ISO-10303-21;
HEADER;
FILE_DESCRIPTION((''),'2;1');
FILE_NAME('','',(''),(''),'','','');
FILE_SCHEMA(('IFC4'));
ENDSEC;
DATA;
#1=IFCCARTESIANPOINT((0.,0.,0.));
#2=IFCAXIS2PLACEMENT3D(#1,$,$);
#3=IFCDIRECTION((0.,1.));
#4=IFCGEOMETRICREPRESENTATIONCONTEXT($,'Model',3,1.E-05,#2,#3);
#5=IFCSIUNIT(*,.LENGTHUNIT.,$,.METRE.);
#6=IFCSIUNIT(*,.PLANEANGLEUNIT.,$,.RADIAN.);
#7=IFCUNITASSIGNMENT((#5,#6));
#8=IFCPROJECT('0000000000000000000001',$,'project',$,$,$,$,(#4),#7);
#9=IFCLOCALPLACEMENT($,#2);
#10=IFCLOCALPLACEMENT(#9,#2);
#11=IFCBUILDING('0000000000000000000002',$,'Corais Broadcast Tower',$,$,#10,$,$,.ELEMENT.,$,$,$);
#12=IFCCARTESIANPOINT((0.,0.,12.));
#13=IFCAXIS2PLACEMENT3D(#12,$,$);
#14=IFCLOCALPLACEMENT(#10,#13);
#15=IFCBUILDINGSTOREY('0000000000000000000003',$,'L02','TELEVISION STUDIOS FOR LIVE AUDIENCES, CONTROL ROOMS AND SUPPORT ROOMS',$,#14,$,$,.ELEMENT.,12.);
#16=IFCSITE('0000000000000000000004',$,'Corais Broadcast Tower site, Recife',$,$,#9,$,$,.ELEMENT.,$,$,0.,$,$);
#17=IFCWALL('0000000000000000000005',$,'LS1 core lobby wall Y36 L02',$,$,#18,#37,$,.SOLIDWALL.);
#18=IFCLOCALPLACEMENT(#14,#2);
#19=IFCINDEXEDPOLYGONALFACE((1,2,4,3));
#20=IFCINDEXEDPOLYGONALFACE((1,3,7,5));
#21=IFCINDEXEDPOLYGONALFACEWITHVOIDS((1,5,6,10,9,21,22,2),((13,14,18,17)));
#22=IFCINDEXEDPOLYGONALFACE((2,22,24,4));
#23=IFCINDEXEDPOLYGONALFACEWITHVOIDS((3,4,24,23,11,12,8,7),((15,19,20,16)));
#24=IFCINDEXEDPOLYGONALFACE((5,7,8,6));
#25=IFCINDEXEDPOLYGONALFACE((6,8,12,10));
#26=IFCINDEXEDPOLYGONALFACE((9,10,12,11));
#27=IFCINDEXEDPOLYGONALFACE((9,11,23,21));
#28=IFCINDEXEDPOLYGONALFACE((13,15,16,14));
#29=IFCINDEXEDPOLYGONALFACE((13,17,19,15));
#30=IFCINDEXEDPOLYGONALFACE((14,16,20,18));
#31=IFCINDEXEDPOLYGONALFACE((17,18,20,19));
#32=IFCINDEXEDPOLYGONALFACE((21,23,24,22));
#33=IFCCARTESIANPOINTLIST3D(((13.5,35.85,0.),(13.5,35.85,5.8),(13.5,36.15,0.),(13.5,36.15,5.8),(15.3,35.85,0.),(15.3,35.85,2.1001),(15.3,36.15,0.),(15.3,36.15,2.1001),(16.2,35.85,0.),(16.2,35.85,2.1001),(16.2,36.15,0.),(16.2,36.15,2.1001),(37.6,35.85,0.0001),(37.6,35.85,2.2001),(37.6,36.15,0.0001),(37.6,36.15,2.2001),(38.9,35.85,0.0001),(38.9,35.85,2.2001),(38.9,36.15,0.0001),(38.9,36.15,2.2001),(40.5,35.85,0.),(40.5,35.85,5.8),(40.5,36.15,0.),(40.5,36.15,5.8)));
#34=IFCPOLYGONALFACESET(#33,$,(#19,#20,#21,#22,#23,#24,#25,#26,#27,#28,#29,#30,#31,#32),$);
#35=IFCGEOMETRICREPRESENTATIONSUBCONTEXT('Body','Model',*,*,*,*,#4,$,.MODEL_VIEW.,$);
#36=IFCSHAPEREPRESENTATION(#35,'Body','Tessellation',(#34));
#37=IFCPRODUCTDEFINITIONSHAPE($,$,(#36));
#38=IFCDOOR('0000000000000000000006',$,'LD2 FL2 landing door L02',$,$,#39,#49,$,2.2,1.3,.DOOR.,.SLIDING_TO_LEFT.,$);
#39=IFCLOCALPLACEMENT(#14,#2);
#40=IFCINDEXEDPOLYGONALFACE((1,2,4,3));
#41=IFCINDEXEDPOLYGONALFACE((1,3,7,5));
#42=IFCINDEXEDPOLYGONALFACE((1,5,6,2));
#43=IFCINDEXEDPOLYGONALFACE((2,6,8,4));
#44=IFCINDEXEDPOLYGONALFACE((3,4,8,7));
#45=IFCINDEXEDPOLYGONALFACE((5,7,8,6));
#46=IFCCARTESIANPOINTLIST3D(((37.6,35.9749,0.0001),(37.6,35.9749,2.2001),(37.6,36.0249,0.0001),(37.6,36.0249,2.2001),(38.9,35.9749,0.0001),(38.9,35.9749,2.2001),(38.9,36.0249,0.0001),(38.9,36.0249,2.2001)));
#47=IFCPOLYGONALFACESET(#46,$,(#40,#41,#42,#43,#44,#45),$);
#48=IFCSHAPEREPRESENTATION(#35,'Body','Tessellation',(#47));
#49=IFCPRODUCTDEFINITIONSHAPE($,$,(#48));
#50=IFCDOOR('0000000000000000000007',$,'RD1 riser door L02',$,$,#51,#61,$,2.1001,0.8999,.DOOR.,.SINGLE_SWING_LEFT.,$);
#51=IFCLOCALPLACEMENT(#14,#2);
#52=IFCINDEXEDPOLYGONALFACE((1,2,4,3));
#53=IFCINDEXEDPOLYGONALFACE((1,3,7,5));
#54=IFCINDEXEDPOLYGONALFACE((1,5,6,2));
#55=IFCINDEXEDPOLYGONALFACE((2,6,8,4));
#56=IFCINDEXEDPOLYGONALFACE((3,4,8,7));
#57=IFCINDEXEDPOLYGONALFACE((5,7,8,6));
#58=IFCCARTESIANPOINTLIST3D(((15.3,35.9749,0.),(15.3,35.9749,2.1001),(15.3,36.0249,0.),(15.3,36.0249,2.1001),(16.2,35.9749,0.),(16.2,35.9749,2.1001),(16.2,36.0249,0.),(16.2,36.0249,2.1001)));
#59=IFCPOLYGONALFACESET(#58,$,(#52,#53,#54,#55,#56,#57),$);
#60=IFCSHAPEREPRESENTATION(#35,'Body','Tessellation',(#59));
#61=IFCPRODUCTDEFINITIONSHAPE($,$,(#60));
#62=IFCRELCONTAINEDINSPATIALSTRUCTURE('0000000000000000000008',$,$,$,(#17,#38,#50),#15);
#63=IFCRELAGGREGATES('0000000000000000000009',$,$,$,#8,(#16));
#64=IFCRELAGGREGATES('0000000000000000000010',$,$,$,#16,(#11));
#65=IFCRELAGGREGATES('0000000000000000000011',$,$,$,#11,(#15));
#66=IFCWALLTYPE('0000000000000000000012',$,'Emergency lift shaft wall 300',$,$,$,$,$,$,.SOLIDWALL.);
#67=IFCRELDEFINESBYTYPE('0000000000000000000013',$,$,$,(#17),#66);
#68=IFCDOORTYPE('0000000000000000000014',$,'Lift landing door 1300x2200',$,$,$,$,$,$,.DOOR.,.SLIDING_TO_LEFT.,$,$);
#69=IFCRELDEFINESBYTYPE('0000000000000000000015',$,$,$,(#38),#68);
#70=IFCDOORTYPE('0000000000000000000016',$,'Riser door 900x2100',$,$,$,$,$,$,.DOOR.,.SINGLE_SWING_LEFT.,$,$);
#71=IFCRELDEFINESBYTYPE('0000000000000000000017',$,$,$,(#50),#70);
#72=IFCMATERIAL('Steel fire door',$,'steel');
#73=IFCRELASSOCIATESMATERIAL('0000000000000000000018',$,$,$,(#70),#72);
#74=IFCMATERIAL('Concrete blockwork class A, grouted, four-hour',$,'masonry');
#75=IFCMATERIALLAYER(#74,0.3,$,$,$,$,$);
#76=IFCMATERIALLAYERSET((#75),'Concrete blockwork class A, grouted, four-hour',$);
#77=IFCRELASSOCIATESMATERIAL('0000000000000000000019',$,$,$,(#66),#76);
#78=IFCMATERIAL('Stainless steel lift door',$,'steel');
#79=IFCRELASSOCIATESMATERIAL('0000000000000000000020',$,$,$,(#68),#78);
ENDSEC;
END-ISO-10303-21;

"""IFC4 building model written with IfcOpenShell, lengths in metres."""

from ifc_helpers import new_model, si_unit, direction, frame, frame_2d, origin, place, context, subcontext, project, spatial, rectangle, extrude, material, layer, layer_set, type_object, element, fill, save


model = new_model("IFC4")

# Units and contexts
model_context = context("Model", 3, precision=1e-05, world=origin(), true_north=direction((0.0, 1.0)))
body_context = subcontext(model_context, "Body", "Model", "MODEL_VIEW")
ifc_project = project(units=[si_unit("LENGTHUNIT", "METRE"), si_unit("PLANEANGLEUNIT", "RADIAN")], contexts=[model_context])

# Site, building, storey
site_placement = place(None, origin())
site = spatial("IfcSite", under=ifc_project, at=site_placement, Name="Corais Broadcast Tower site, Recife", CompositionType="ELEMENT", RefElevation=0.0)
building_placement = place(site_placement, origin())
building = spatial("IfcBuilding", under=site, at=building_placement, Name="Corais Broadcast Tower", CompositionType="ELEMENT")
storey_placement = place(building_placement, frame((0.0, 0.0, 12.0)))
storey = spatial("IfcBuildingStorey", under=building, at=storey_placement, Name="L02", Description="TELEVISION STUDIOS FOR LIVE AUDIENCES, CONTROL ROOMS AND SUPPORT ROOMS", CompositionType="ELEMENT", Elevation=12.0)

# Wall, openings, doors
ifc_material_1 = material(Name="Steel fire door", Category="steel")
door_type_1 = type_object("IfcDoorType", Name="Riser door 900x2100", OperationType="SINGLE_SWING_LEFT", PredefinedType="DOOR", material=ifc_material_1)
ifc_material_2 = material(Name="Concrete blockwork class A, grouted, four-hour", Category="masonry")
ifc_layer_1 = layer(ifc_material_2, 0.3)
ifc_layer_set_1 = layer_set([ifc_layer_1], Name="Concrete blockwork class A, grouted, four-hour")
wall_type_1 = type_object("IfcWallType", Name="Emergency lift shaft wall 300", PredefinedType="SOLIDWALL", material=ifc_layer_set_1)
wall_1_placement = place(storey_placement, frame((13.5, 36.0, 0.0), z_axis=(0.0, 0.0, 1.0), x_axis=(1.0, 0.0, 0.0)))
wall_1 = element("IfcWall", 1, at=wall_1_placement, inside=storey, type_object=wall_type_1, Name="LS1 core lobby wall Y36 L02", PredefinedType="SOLIDWALL", context=body_context, shape_type="SweptSolid", body=[
    extrude(rectangle(XDim=27.0, YDim=0.3, at=frame_2d((13.5, 0.0))), origin(), (0.0, 0.0, 1.0), 5.8),
])
opening_1_placement = place(wall_1_placement, frame((1.8, 0.0, 0.0)))
opening_1 = element("IfcOpeningElement", 2, at=opening_1_placement, cuts=wall_1, PredefinedType="OPENING", context=body_context, shape_type="SweptSolid", body=[
    extrude(rectangle(XDim=0.8999, YDim=2.1001, at=frame_2d((0.45, 1.05))), frame((0.0, 0.1599, 0.0), z_axis=(0.0, -1.0, 0.0), x_axis=(1.0, 0.0, 0.0)), (0.0, 0.0, 1.0), 0.3201),
])
opening_2_placement = place(wall_1_placement, frame((24.1001, 0.0, 0.0)))
opening_2 = element("IfcOpeningElement", 3, at=opening_2_placement, cuts=wall_1, PredefinedType="OPENING", context=body_context, shape_type="SweptSolid", body=[
    extrude(rectangle(XDim=1.3, YDim=2.2, at=frame_2d((0.6499, 1.1001))), frame((0.0, 0.1599, 0.0), z_axis=(0.0, -1.0, 0.0), x_axis=(1.0, 0.0, 0.0)), (0.0, 0.0, 1.0), 0.3201),
])
ifc_material_3 = material(Name="Stainless steel lift door", Category="steel")
door_type_2 = type_object("IfcDoorType", Name="Lift landing door 1300x2200", OperationType="SLIDING_TO_LEFT", PredefinedType="DOOR", material=ifc_material_3)
door_1_placement = place(opening_2_placement, origin())
door_1 = element("IfcDoor", 4, at=door_1_placement, inside=storey, type_object=door_type_2, Name="LD2 FL2 landing door L02", OperationType="SLIDING_TO_LEFT", OverallHeight=2.2, OverallWidth=1.3, PredefinedType="DOOR", context=body_context, shape_type="SweptSolid", body=[
    extrude(rectangle(XDim=1.3, YDim=2.2, at=frame_2d((0.6499, 1.1001))), frame((0.0, 0.0249, 0.0), z_axis=(0.0, -1.0, 0.0), x_axis=(1.0, 0.0, 0.0)), (0.0, 0.0, 1.0), 0.05),
])
fill(opening_2, door_1)
door_2_placement = place(opening_1_placement, origin())
door_2 = element("IfcDoor", 5, at=door_2_placement, inside=storey, type_object=door_type_1, Name="RD1 riser door L02", OperationType="SINGLE_SWING_LEFT", OverallHeight=2.1001, OverallWidth=0.8999, PredefinedType="DOOR", context=body_context, shape_type="SweptSolid", body=[
    extrude(rectangle(XDim=0.8999, YDim=2.1001, at=frame_2d((0.45, 1.05))), frame((0.0, 0.0249, 0.0), z_axis=(0.0, -1.0, 0.0), x_axis=(1.0, 0.0, 0.0)), (0.0, 0.0, 1.0), 0.05),
])
fill(opening_1, door_2)

save(model, "model.ifc")
